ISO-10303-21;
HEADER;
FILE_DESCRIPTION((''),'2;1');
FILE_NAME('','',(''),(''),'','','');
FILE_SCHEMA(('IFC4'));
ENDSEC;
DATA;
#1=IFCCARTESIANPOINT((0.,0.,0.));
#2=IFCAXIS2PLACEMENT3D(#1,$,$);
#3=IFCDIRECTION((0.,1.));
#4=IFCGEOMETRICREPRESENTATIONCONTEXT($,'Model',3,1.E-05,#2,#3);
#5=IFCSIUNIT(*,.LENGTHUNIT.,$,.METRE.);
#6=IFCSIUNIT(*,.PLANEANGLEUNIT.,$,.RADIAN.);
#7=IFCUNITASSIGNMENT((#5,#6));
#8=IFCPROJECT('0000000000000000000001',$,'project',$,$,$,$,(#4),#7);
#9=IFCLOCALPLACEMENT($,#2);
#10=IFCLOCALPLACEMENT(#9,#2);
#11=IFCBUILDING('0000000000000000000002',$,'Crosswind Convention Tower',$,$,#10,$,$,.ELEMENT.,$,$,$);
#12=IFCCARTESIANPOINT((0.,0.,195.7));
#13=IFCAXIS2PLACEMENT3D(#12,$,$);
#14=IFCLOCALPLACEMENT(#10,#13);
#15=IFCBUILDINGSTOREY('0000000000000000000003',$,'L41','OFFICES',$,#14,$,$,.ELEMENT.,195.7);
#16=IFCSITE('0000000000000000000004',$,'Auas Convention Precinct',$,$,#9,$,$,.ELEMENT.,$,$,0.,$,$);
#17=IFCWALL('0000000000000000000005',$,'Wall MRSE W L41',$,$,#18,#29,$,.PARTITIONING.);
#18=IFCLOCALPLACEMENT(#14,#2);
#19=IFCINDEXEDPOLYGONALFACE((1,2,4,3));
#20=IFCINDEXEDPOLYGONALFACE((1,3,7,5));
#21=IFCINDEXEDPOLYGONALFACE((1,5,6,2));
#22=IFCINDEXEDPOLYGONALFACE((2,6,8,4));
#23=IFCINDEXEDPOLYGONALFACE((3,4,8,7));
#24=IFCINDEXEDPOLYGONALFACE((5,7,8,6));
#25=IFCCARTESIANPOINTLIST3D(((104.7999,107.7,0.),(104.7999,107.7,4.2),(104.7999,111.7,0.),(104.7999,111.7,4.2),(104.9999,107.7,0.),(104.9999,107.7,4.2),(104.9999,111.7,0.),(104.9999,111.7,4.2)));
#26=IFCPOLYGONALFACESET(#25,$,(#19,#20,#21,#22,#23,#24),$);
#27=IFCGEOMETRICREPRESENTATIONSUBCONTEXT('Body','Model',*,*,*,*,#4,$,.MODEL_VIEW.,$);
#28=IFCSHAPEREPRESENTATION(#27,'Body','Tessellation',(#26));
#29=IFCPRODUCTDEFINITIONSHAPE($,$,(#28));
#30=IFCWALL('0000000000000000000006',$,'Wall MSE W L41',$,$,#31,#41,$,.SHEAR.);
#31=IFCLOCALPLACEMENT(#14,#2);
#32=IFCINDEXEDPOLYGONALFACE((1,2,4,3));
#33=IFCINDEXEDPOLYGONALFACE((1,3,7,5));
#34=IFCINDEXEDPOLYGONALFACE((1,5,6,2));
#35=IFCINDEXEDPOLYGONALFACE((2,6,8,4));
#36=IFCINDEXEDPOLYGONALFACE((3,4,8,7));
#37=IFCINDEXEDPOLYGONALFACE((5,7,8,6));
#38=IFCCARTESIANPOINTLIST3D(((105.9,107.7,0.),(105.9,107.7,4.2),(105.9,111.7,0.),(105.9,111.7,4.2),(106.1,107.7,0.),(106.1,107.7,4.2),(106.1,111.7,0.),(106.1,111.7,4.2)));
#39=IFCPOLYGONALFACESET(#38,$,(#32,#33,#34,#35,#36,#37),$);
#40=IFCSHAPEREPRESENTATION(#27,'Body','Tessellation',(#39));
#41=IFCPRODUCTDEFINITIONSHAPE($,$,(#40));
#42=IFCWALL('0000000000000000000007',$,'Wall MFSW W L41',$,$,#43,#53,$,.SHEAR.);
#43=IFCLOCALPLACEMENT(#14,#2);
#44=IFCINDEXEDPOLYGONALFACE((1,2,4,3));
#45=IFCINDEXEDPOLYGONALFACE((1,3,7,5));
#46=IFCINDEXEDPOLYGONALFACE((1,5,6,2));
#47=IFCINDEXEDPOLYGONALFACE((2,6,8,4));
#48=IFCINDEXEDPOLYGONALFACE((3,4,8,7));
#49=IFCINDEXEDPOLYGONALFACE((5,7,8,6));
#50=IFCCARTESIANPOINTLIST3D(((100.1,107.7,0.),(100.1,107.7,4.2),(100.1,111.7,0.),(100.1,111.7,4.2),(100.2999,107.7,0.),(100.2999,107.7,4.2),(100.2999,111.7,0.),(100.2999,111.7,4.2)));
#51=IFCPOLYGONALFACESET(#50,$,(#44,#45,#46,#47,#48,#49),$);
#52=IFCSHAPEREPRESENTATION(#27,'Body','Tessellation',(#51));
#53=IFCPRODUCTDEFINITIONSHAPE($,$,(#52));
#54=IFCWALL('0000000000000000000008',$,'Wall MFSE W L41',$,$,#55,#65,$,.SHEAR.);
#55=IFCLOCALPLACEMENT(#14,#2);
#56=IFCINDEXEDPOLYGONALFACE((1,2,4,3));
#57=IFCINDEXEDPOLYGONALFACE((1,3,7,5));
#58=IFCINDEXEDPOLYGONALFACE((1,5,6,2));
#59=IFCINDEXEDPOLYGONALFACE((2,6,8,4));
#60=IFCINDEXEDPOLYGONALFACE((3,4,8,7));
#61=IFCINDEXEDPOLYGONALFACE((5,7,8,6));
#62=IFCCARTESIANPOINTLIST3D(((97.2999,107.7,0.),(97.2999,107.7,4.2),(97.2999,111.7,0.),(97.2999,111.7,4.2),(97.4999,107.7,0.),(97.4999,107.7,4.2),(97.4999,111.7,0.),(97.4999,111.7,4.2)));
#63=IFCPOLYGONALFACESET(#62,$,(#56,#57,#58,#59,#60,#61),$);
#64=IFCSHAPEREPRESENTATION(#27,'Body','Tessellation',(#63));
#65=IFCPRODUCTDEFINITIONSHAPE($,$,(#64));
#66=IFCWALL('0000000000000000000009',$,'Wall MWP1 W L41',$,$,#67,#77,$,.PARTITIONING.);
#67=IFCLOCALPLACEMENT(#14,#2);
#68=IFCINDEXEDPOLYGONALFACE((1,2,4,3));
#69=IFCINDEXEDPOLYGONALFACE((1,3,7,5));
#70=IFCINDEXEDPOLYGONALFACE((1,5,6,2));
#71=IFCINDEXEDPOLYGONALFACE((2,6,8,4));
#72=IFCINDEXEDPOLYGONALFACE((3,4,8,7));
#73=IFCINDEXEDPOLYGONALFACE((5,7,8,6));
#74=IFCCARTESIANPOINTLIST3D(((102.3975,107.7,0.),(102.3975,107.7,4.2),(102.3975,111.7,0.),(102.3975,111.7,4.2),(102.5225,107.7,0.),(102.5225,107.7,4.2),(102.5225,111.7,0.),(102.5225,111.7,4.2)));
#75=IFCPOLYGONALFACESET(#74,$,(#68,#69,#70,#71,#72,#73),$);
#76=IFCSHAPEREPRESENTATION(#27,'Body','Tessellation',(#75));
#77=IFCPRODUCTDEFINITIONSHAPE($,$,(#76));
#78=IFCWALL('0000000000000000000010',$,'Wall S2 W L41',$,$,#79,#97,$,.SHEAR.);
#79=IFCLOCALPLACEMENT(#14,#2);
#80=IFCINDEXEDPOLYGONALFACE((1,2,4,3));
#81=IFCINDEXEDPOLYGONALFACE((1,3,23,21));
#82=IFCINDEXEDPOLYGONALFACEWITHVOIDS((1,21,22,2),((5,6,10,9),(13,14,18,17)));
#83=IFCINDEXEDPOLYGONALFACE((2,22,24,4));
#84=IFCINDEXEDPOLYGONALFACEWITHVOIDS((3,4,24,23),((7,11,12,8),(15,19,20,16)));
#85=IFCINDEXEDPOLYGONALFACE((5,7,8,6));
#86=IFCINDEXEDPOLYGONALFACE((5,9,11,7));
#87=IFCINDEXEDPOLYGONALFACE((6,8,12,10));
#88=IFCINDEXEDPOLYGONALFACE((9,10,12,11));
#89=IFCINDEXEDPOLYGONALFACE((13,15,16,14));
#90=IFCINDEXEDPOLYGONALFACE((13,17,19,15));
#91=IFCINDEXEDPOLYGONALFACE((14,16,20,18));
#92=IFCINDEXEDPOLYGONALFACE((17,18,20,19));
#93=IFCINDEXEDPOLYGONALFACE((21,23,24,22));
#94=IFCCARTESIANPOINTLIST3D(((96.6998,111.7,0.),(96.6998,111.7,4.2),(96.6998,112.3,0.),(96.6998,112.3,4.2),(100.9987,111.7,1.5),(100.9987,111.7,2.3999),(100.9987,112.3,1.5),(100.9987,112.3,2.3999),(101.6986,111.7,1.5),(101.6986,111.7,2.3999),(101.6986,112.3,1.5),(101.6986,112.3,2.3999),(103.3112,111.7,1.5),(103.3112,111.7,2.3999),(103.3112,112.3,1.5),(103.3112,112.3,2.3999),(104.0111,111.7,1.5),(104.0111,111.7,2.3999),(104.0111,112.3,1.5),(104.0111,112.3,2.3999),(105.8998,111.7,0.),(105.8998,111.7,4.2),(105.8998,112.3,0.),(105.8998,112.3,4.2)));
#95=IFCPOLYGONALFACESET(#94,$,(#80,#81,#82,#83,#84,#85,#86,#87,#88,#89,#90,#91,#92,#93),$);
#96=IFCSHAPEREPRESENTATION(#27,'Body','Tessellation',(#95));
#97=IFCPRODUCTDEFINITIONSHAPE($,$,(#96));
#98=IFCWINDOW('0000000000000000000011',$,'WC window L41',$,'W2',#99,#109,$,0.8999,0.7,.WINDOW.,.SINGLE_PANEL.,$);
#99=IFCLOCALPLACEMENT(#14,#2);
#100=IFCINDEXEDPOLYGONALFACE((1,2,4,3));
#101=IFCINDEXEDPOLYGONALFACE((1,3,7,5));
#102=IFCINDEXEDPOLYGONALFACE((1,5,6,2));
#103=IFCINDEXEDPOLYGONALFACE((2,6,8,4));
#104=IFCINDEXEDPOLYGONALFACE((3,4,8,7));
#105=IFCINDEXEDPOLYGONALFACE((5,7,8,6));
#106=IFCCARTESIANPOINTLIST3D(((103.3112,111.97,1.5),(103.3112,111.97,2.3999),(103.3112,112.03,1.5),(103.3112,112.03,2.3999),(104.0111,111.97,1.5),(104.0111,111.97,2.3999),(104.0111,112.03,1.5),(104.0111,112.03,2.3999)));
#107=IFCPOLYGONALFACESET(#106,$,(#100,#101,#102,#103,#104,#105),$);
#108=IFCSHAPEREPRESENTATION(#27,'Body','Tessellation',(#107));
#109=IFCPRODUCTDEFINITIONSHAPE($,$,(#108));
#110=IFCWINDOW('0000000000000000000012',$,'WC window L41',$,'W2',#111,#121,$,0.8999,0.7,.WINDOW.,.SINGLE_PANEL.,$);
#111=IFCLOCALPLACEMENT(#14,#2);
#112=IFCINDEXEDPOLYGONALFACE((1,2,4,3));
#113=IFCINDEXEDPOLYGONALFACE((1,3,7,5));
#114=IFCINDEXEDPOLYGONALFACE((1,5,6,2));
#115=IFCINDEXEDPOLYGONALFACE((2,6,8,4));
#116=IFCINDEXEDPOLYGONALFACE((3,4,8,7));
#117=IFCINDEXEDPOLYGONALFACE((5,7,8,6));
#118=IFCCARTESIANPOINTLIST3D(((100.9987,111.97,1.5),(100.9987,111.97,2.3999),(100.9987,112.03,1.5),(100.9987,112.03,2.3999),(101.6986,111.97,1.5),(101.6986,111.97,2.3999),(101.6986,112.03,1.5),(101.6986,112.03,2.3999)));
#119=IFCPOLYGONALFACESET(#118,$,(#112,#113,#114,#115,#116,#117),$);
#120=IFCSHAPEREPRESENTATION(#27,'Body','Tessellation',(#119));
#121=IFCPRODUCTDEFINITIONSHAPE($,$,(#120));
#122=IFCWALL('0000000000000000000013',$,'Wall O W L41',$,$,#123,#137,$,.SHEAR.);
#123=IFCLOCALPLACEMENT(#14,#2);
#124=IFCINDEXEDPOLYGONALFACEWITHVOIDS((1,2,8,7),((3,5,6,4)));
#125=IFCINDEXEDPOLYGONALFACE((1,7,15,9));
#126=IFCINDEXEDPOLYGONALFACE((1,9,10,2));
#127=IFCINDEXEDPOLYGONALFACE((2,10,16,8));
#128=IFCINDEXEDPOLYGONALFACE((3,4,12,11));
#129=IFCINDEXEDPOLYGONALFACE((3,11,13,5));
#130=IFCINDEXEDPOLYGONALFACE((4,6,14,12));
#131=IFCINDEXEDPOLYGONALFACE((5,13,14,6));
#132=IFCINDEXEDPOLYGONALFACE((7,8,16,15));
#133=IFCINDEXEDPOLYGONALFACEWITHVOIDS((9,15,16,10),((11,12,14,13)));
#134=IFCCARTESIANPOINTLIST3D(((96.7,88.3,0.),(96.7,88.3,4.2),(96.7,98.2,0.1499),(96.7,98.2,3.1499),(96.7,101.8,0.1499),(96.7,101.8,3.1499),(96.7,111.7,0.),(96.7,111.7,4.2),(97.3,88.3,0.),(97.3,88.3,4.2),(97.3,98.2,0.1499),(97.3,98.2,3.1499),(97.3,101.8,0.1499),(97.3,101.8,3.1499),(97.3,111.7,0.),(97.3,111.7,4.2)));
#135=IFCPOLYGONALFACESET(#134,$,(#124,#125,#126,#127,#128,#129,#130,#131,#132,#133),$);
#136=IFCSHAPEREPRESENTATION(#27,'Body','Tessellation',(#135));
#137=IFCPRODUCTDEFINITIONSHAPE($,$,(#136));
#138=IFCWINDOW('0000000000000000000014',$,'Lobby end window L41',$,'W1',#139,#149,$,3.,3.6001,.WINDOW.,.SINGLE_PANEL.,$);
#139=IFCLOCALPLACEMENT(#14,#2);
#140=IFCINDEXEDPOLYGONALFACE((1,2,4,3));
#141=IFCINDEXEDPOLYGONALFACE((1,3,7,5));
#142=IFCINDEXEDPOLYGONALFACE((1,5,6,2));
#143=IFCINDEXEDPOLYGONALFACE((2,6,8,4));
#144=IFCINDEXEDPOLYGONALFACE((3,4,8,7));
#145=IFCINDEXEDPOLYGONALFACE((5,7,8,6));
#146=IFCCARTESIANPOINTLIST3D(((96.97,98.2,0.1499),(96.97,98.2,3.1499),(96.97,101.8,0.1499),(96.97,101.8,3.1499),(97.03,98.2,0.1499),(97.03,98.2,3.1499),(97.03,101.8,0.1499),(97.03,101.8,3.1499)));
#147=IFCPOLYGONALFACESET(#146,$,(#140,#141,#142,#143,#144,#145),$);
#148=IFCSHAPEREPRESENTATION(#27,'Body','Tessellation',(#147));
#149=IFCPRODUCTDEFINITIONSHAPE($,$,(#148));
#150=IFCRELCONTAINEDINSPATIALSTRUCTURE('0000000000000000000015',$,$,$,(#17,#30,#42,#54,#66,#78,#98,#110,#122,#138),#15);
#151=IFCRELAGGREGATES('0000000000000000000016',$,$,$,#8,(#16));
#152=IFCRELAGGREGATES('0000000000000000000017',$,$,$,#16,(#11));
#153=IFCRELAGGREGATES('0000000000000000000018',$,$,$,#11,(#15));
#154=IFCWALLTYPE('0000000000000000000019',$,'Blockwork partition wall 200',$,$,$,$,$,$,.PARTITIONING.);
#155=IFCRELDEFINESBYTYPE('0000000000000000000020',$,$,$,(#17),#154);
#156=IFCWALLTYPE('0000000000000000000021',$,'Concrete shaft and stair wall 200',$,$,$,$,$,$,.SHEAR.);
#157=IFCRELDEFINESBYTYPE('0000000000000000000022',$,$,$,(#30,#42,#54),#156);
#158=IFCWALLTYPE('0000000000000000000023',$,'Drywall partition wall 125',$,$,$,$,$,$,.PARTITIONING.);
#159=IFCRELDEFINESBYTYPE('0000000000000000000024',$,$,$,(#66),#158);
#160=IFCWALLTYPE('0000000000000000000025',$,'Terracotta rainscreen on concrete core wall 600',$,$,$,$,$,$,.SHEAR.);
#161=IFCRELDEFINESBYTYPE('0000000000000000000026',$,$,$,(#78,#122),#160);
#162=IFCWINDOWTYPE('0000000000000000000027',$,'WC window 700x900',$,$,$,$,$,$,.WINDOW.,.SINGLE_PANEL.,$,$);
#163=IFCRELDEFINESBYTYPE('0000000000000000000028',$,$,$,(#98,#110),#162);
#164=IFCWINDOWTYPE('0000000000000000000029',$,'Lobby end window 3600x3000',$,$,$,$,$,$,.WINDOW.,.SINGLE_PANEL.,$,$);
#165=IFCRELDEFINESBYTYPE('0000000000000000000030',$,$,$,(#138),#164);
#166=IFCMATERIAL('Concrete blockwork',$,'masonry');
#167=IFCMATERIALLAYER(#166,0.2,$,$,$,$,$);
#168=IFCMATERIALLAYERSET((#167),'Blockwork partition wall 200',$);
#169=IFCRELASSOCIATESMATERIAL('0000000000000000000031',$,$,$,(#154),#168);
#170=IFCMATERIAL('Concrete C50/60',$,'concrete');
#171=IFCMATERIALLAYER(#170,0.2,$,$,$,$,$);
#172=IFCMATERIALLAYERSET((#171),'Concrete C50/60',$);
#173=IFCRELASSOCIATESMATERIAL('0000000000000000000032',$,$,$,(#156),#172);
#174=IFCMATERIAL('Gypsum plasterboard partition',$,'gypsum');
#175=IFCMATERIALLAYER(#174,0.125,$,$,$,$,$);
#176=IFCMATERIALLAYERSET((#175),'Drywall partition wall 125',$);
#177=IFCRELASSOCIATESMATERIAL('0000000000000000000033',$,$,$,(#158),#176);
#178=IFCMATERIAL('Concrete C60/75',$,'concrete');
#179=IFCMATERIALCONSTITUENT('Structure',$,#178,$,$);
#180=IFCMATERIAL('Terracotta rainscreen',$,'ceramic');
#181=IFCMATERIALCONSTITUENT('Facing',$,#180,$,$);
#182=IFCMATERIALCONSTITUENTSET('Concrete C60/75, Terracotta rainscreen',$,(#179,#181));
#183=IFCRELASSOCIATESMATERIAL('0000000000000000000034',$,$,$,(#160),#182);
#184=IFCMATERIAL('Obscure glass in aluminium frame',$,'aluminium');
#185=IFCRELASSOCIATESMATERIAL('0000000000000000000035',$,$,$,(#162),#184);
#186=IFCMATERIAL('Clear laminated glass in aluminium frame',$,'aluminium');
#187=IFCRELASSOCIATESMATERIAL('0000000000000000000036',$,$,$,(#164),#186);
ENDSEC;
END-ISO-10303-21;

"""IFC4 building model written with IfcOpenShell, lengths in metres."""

from ifc_helpers import new_model, si_unit, direction, frame, frame_2d, origin, place, context, subcontext, project, spatial, rectangle, extrude, material, layer, layer_set, constituent, constituent_set, type_object, element, fill, save


model = new_model("IFC4")

# Units and contexts
model_context = context("Model", 3, precision=1e-05, world=origin(), true_north=direction((0.0, 1.0)))
body_context = subcontext(model_context, "Body", "Model", "MODEL_VIEW")
ifc_project = project(units=[si_unit("LENGTHUNIT", "METRE"), si_unit("PLANEANGLEUNIT", "RADIAN")], contexts=[model_context])

# Site, building, storey
site_placement = place(None, origin())
site = spatial("IfcSite", under=ifc_project, at=site_placement, Name="Auas Convention Precinct", CompositionType="ELEMENT", RefElevation=0.0)
building_placement = place(site_placement, origin())
building = spatial("IfcBuilding", under=site, at=building_placement, Name="Crosswind Convention Tower", CompositionType="ELEMENT")
storey_placement = place(building_placement, frame((0.0, 0.0, 195.7)))
storey = spatial("IfcBuildingStorey", under=building, at=storey_placement, Name="L41", Description="OFFICES", CompositionType="ELEMENT", Elevation=195.7)

# Walls
ifc_material_1 = material(Name="Concrete blockwork", Category="masonry")
ifc_layer_1 = layer(ifc_material_1, 0.2)
ifc_layer_set_1 = layer_set([ifc_layer_1], Name="Blockwork partition wall 200")
wall_type_1 = type_object("IfcWallType", Name="Blockwork partition wall 200", PredefinedType="PARTITIONING", material=ifc_layer_set_1)
wall_1_placement = place(storey_placement, frame((104.8999, 111.7, 0.0), z_axis=(0.0, 0.0, 1.0), x_axis=(0.0, -1.0, 0.0)))
element("IfcWall", 1, at=wall_1_placement, inside=storey, type_object=wall_type_1, Name="Wall MRSE W L41", PredefinedType="PARTITIONING", context=body_context, shape_type="SweptSolid", body=[
    extrude(rectangle(XDim=4.0, YDim=0.2, at=frame_2d((2.0, 0.0))), origin(), (0.0, 0.0, 1.0), 4.2),
])
ifc_material_2 = material(Name="Concrete C50/60", Category="concrete")
ifc_layer_2 = layer(ifc_material_2, 0.2)
ifc_layer_set_2 = layer_set([ifc_layer_2], Name="Concrete C50/60")
wall_type_2 = type_object("IfcWallType", Name="Concrete shaft and stair wall 200", PredefinedType="SHEAR", material=ifc_layer_set_2)
for number, where, z_axis, x_axis, name in (
    (2, (106.0, 111.7, 0.0), (0.0, 0.0, 1.0), (0.0, -1.0, 0.0), "Wall MSE W L41"),
    (3, (100.2, 111.7, 0.0), (0.0, 0.0, 1.0), (0.0, -1.0, 0.0), "Wall MFSW W L41"),
    (4, (97.3999, 111.7, 0.0), (0.0, 0.0, 1.0), (0.0, -1.0, 0.0), "Wall MFSE W L41"),
):
    element("IfcWall", number, at=place(storey_placement, frame(where, z_axis=z_axis, x_axis=x_axis)), inside=storey, type_object=wall_type_2, Name=name, PredefinedType="SHEAR", context=body_context, shape_type="SweptSolid", body=[
        extrude(rectangle(XDim=4.0, YDim=0.2, at=frame_2d((2.0, 0.0))), origin(), (0.0, 0.0, 1.0), 4.2),
    ])
ifc_material_3 = material(Name="Gypsum plasterboard partition", Category="gypsum")
ifc_layer_3 = layer(ifc_material_3, 0.125)
ifc_layer_set_3 = layer_set([ifc_layer_3], Name="Drywall partition wall 125")
wall_type_3 = type_object("IfcWallType", Name="Drywall partition wall 125", PredefinedType="PARTITIONING", material=ifc_layer_set_3)
wall_2_placement = place(storey_placement, frame((102.46, 111.7, 0.0), z_axis=(0.0, 0.0, 1.0), x_axis=(0.0, -1.0, 0.0)))
element("IfcWall", 5, at=wall_2_placement, inside=storey, type_object=wall_type_3, Name="Wall MWP1 W L41", PredefinedType="PARTITIONING", context=body_context, shape_type="SweptSolid", body=[
    extrude(rectangle(XDim=4.0, YDim=0.125, at=frame_2d((2.0, 0.0))), origin(), (0.0, 0.0, 1.0), 4.2),
])

# Wall, openings, windows
ifc_material_4 = material(Name="Concrete C60/75", Category="concrete")
ifc_constituent_1 = constituent(ifc_material_4, Name="Structure")
ifc_material_5 = material(Name="Terracotta rainscreen", Category="ceramic")
ifc_constituent_2 = constituent(ifc_material_5, Name="Facing")
ifc_constituent_set = constituent_set(constituents=[ifc_constituent_1, ifc_constituent_2], Name="Concrete C60/75, Terracotta rainscreen")
wall_type_4 = type_object("IfcWallType", Name="Terracotta rainscreen on concrete core wall 600", PredefinedType="SHEAR", material=ifc_constituent_set)
wall_3_placement = place(storey_placement, frame((105.8999, 112.0, 0.0), z_axis=(0.0, 0.0, 1.0), x_axis=(-1.0, 0.0, 0.0)))
wall_3 = element("IfcWall", 6, at=wall_3_placement, inside=storey, type_object=wall_type_4, Name="Wall S2 W L41", PredefinedType="SHEAR", context=body_context, shape_type="SweptSolid", body=[
    extrude(rectangle(XDim=9.2, YDim=0.6001, at=frame_2d((4.6001, 0.0))), origin(), (0.0, 0.0, 1.0), 4.2),
])
opening_1_placement = place(wall_3_placement, frame((1.8887, 0.0, 1.5)))
opening_1 = element("IfcOpeningElement", 7, at=opening_1_placement, cuts=wall_3, PredefinedType="OPENING", context=body_context, shape_type="SweptSolid", body=[
    extrude(rectangle(XDim=0.7, YDim=0.8999, at=frame_2d((0.3501, 0.45))), frame((0.0, 0.3101, 0.0), z_axis=(0.0, -1.0, 0.0), x_axis=(1.0, 0.0, 0.0)), (0.0, 0.0, 1.0), 0.6201),
])
opening_2_placement = place(wall_3_placement, frame((4.2012, 0.0, 1.5)))
opening_2 = element("IfcOpeningElement", 8, at=opening_2_placement, cuts=wall_3, PredefinedType="OPENING", context=body_context, shape_type="SweptSolid", body=[
    extrude(rectangle(XDim=0.7, YDim=0.8999, at=frame_2d((0.3501, 0.45))), frame((0.0, 0.3101, 0.0), z_axis=(0.0, -1.0, 0.0), x_axis=(1.0, 0.0, 0.0)), (0.0, 0.0, 1.0), 0.6201),
])
ifc_material_6 = material(Name="Obscure glass in aluminium frame", Category="aluminium")
window_type_1 = type_object("IfcWindowType", Name="WC window 700x900", PartitioningType="SINGLE_PANEL", PredefinedType="WINDOW", material=ifc_material_6)
window_1_placement = place(opening_1_placement, origin())
window_1 = element("IfcWindow", 9, at=window_1_placement, inside=storey, type_object=window_type_1, Name="WC window L41", ObjectType="W2", OverallHeight=0.8999, OverallWidth=0.7, PartitioningType="SINGLE_PANEL", PredefinedType="WINDOW", context=body_context, shape_type="SweptSolid", body=[
    extrude(rectangle(XDim=0.7, YDim=0.8999, at=frame_2d((0.3501, 0.45))), frame((0.0, 0.03, 0.0), z_axis=(0.0, -1.0, 0.0), x_axis=(1.0, 0.0, 0.0)), (0.0, 0.0, 1.0), 0.0601),
])
fill(opening_1, window_1)
window_2_placement = place(opening_2_placement, origin())
window_2 = element("IfcWindow", 10, at=window_2_placement, inside=storey, type_object=window_type_1, Name="WC window L41", ObjectType="W2", OverallHeight=0.8999, OverallWidth=0.7, PartitioningType="SINGLE_PANEL", PredefinedType="WINDOW", context=body_context, shape_type="SweptSolid", body=[
    extrude(rectangle(XDim=0.7, YDim=0.8999, at=frame_2d((0.3501, 0.45))), frame((0.0, 0.03, 0.0), z_axis=(0.0, -1.0, 0.0), x_axis=(1.0, 0.0, 0.0)), (0.0, 0.0, 1.0), 0.0601),
])
fill(opening_2, window_2)

# Wall, opening, window
wall_4_placement = place(storey_placement, frame((97.0, 111.7, 0.0), z_axis=(0.0, 0.0, 1.0), x_axis=(0.0, -1.0, 0.0)))
wall_4 = element("IfcWall", 11, at=wall_4_placement, inside=storey, type_object=wall_type_4, Name="Wall O W L41", PredefinedType="SHEAR", context=body_context, shape_type="SweptSolid", body=[
    extrude(rectangle(XDim=23.3999, YDim=0.6001, at=frame_2d((11.7, 0.0))), origin(), (0.0, 0.0, 1.0), 4.2),
])
opening_3_placement = place(wall_4_placement, frame((9.8999, 0.0, 0.1499)))
opening_3 = element("IfcOpeningElement", 12, at=opening_3_placement, cuts=wall_4, PredefinedType="OPENING", context=body_context, shape_type="SweptSolid", body=[
    extrude(rectangle(XDim=3.6001, YDim=3.0, at=frame_2d((1.8, 1.5))), frame((0.0, 0.3101, 0.0), z_axis=(0.0, -1.0, 0.0), x_axis=(1.0, 0.0, 0.0)), (0.0, 0.0, 1.0), 0.6201),
])
ifc_material_7 = material(Name="Clear laminated glass in aluminium frame", Category="aluminium")
window_type_2 = type_object("IfcWindowType", Name="Lobby end window 3600x3000", PartitioningType="SINGLE_PANEL", PredefinedType="WINDOW", material=ifc_material_7)
window_3_placement = place(opening_3_placement, origin())
window_3 = element("IfcWindow", 13, at=window_3_placement, inside=storey, type_object=window_type_2, Name="Lobby end window L41", ObjectType="W1", OverallHeight=3.0, OverallWidth=3.6001, PartitioningType="SINGLE_PANEL", PredefinedType="WINDOW", context=body_context, shape_type="SweptSolid", body=[
    extrude(rectangle(XDim=3.6001, YDim=3.0, at=frame_2d((1.8, 1.5))), frame((0.0, 0.03, 0.0), z_axis=(0.0, -1.0, 0.0), x_axis=(1.0, 0.0, 0.0)), (0.0, 0.0, 1.0), 0.0601),
])
fill(opening_3, window_3)

save(model, "model.ifc")
